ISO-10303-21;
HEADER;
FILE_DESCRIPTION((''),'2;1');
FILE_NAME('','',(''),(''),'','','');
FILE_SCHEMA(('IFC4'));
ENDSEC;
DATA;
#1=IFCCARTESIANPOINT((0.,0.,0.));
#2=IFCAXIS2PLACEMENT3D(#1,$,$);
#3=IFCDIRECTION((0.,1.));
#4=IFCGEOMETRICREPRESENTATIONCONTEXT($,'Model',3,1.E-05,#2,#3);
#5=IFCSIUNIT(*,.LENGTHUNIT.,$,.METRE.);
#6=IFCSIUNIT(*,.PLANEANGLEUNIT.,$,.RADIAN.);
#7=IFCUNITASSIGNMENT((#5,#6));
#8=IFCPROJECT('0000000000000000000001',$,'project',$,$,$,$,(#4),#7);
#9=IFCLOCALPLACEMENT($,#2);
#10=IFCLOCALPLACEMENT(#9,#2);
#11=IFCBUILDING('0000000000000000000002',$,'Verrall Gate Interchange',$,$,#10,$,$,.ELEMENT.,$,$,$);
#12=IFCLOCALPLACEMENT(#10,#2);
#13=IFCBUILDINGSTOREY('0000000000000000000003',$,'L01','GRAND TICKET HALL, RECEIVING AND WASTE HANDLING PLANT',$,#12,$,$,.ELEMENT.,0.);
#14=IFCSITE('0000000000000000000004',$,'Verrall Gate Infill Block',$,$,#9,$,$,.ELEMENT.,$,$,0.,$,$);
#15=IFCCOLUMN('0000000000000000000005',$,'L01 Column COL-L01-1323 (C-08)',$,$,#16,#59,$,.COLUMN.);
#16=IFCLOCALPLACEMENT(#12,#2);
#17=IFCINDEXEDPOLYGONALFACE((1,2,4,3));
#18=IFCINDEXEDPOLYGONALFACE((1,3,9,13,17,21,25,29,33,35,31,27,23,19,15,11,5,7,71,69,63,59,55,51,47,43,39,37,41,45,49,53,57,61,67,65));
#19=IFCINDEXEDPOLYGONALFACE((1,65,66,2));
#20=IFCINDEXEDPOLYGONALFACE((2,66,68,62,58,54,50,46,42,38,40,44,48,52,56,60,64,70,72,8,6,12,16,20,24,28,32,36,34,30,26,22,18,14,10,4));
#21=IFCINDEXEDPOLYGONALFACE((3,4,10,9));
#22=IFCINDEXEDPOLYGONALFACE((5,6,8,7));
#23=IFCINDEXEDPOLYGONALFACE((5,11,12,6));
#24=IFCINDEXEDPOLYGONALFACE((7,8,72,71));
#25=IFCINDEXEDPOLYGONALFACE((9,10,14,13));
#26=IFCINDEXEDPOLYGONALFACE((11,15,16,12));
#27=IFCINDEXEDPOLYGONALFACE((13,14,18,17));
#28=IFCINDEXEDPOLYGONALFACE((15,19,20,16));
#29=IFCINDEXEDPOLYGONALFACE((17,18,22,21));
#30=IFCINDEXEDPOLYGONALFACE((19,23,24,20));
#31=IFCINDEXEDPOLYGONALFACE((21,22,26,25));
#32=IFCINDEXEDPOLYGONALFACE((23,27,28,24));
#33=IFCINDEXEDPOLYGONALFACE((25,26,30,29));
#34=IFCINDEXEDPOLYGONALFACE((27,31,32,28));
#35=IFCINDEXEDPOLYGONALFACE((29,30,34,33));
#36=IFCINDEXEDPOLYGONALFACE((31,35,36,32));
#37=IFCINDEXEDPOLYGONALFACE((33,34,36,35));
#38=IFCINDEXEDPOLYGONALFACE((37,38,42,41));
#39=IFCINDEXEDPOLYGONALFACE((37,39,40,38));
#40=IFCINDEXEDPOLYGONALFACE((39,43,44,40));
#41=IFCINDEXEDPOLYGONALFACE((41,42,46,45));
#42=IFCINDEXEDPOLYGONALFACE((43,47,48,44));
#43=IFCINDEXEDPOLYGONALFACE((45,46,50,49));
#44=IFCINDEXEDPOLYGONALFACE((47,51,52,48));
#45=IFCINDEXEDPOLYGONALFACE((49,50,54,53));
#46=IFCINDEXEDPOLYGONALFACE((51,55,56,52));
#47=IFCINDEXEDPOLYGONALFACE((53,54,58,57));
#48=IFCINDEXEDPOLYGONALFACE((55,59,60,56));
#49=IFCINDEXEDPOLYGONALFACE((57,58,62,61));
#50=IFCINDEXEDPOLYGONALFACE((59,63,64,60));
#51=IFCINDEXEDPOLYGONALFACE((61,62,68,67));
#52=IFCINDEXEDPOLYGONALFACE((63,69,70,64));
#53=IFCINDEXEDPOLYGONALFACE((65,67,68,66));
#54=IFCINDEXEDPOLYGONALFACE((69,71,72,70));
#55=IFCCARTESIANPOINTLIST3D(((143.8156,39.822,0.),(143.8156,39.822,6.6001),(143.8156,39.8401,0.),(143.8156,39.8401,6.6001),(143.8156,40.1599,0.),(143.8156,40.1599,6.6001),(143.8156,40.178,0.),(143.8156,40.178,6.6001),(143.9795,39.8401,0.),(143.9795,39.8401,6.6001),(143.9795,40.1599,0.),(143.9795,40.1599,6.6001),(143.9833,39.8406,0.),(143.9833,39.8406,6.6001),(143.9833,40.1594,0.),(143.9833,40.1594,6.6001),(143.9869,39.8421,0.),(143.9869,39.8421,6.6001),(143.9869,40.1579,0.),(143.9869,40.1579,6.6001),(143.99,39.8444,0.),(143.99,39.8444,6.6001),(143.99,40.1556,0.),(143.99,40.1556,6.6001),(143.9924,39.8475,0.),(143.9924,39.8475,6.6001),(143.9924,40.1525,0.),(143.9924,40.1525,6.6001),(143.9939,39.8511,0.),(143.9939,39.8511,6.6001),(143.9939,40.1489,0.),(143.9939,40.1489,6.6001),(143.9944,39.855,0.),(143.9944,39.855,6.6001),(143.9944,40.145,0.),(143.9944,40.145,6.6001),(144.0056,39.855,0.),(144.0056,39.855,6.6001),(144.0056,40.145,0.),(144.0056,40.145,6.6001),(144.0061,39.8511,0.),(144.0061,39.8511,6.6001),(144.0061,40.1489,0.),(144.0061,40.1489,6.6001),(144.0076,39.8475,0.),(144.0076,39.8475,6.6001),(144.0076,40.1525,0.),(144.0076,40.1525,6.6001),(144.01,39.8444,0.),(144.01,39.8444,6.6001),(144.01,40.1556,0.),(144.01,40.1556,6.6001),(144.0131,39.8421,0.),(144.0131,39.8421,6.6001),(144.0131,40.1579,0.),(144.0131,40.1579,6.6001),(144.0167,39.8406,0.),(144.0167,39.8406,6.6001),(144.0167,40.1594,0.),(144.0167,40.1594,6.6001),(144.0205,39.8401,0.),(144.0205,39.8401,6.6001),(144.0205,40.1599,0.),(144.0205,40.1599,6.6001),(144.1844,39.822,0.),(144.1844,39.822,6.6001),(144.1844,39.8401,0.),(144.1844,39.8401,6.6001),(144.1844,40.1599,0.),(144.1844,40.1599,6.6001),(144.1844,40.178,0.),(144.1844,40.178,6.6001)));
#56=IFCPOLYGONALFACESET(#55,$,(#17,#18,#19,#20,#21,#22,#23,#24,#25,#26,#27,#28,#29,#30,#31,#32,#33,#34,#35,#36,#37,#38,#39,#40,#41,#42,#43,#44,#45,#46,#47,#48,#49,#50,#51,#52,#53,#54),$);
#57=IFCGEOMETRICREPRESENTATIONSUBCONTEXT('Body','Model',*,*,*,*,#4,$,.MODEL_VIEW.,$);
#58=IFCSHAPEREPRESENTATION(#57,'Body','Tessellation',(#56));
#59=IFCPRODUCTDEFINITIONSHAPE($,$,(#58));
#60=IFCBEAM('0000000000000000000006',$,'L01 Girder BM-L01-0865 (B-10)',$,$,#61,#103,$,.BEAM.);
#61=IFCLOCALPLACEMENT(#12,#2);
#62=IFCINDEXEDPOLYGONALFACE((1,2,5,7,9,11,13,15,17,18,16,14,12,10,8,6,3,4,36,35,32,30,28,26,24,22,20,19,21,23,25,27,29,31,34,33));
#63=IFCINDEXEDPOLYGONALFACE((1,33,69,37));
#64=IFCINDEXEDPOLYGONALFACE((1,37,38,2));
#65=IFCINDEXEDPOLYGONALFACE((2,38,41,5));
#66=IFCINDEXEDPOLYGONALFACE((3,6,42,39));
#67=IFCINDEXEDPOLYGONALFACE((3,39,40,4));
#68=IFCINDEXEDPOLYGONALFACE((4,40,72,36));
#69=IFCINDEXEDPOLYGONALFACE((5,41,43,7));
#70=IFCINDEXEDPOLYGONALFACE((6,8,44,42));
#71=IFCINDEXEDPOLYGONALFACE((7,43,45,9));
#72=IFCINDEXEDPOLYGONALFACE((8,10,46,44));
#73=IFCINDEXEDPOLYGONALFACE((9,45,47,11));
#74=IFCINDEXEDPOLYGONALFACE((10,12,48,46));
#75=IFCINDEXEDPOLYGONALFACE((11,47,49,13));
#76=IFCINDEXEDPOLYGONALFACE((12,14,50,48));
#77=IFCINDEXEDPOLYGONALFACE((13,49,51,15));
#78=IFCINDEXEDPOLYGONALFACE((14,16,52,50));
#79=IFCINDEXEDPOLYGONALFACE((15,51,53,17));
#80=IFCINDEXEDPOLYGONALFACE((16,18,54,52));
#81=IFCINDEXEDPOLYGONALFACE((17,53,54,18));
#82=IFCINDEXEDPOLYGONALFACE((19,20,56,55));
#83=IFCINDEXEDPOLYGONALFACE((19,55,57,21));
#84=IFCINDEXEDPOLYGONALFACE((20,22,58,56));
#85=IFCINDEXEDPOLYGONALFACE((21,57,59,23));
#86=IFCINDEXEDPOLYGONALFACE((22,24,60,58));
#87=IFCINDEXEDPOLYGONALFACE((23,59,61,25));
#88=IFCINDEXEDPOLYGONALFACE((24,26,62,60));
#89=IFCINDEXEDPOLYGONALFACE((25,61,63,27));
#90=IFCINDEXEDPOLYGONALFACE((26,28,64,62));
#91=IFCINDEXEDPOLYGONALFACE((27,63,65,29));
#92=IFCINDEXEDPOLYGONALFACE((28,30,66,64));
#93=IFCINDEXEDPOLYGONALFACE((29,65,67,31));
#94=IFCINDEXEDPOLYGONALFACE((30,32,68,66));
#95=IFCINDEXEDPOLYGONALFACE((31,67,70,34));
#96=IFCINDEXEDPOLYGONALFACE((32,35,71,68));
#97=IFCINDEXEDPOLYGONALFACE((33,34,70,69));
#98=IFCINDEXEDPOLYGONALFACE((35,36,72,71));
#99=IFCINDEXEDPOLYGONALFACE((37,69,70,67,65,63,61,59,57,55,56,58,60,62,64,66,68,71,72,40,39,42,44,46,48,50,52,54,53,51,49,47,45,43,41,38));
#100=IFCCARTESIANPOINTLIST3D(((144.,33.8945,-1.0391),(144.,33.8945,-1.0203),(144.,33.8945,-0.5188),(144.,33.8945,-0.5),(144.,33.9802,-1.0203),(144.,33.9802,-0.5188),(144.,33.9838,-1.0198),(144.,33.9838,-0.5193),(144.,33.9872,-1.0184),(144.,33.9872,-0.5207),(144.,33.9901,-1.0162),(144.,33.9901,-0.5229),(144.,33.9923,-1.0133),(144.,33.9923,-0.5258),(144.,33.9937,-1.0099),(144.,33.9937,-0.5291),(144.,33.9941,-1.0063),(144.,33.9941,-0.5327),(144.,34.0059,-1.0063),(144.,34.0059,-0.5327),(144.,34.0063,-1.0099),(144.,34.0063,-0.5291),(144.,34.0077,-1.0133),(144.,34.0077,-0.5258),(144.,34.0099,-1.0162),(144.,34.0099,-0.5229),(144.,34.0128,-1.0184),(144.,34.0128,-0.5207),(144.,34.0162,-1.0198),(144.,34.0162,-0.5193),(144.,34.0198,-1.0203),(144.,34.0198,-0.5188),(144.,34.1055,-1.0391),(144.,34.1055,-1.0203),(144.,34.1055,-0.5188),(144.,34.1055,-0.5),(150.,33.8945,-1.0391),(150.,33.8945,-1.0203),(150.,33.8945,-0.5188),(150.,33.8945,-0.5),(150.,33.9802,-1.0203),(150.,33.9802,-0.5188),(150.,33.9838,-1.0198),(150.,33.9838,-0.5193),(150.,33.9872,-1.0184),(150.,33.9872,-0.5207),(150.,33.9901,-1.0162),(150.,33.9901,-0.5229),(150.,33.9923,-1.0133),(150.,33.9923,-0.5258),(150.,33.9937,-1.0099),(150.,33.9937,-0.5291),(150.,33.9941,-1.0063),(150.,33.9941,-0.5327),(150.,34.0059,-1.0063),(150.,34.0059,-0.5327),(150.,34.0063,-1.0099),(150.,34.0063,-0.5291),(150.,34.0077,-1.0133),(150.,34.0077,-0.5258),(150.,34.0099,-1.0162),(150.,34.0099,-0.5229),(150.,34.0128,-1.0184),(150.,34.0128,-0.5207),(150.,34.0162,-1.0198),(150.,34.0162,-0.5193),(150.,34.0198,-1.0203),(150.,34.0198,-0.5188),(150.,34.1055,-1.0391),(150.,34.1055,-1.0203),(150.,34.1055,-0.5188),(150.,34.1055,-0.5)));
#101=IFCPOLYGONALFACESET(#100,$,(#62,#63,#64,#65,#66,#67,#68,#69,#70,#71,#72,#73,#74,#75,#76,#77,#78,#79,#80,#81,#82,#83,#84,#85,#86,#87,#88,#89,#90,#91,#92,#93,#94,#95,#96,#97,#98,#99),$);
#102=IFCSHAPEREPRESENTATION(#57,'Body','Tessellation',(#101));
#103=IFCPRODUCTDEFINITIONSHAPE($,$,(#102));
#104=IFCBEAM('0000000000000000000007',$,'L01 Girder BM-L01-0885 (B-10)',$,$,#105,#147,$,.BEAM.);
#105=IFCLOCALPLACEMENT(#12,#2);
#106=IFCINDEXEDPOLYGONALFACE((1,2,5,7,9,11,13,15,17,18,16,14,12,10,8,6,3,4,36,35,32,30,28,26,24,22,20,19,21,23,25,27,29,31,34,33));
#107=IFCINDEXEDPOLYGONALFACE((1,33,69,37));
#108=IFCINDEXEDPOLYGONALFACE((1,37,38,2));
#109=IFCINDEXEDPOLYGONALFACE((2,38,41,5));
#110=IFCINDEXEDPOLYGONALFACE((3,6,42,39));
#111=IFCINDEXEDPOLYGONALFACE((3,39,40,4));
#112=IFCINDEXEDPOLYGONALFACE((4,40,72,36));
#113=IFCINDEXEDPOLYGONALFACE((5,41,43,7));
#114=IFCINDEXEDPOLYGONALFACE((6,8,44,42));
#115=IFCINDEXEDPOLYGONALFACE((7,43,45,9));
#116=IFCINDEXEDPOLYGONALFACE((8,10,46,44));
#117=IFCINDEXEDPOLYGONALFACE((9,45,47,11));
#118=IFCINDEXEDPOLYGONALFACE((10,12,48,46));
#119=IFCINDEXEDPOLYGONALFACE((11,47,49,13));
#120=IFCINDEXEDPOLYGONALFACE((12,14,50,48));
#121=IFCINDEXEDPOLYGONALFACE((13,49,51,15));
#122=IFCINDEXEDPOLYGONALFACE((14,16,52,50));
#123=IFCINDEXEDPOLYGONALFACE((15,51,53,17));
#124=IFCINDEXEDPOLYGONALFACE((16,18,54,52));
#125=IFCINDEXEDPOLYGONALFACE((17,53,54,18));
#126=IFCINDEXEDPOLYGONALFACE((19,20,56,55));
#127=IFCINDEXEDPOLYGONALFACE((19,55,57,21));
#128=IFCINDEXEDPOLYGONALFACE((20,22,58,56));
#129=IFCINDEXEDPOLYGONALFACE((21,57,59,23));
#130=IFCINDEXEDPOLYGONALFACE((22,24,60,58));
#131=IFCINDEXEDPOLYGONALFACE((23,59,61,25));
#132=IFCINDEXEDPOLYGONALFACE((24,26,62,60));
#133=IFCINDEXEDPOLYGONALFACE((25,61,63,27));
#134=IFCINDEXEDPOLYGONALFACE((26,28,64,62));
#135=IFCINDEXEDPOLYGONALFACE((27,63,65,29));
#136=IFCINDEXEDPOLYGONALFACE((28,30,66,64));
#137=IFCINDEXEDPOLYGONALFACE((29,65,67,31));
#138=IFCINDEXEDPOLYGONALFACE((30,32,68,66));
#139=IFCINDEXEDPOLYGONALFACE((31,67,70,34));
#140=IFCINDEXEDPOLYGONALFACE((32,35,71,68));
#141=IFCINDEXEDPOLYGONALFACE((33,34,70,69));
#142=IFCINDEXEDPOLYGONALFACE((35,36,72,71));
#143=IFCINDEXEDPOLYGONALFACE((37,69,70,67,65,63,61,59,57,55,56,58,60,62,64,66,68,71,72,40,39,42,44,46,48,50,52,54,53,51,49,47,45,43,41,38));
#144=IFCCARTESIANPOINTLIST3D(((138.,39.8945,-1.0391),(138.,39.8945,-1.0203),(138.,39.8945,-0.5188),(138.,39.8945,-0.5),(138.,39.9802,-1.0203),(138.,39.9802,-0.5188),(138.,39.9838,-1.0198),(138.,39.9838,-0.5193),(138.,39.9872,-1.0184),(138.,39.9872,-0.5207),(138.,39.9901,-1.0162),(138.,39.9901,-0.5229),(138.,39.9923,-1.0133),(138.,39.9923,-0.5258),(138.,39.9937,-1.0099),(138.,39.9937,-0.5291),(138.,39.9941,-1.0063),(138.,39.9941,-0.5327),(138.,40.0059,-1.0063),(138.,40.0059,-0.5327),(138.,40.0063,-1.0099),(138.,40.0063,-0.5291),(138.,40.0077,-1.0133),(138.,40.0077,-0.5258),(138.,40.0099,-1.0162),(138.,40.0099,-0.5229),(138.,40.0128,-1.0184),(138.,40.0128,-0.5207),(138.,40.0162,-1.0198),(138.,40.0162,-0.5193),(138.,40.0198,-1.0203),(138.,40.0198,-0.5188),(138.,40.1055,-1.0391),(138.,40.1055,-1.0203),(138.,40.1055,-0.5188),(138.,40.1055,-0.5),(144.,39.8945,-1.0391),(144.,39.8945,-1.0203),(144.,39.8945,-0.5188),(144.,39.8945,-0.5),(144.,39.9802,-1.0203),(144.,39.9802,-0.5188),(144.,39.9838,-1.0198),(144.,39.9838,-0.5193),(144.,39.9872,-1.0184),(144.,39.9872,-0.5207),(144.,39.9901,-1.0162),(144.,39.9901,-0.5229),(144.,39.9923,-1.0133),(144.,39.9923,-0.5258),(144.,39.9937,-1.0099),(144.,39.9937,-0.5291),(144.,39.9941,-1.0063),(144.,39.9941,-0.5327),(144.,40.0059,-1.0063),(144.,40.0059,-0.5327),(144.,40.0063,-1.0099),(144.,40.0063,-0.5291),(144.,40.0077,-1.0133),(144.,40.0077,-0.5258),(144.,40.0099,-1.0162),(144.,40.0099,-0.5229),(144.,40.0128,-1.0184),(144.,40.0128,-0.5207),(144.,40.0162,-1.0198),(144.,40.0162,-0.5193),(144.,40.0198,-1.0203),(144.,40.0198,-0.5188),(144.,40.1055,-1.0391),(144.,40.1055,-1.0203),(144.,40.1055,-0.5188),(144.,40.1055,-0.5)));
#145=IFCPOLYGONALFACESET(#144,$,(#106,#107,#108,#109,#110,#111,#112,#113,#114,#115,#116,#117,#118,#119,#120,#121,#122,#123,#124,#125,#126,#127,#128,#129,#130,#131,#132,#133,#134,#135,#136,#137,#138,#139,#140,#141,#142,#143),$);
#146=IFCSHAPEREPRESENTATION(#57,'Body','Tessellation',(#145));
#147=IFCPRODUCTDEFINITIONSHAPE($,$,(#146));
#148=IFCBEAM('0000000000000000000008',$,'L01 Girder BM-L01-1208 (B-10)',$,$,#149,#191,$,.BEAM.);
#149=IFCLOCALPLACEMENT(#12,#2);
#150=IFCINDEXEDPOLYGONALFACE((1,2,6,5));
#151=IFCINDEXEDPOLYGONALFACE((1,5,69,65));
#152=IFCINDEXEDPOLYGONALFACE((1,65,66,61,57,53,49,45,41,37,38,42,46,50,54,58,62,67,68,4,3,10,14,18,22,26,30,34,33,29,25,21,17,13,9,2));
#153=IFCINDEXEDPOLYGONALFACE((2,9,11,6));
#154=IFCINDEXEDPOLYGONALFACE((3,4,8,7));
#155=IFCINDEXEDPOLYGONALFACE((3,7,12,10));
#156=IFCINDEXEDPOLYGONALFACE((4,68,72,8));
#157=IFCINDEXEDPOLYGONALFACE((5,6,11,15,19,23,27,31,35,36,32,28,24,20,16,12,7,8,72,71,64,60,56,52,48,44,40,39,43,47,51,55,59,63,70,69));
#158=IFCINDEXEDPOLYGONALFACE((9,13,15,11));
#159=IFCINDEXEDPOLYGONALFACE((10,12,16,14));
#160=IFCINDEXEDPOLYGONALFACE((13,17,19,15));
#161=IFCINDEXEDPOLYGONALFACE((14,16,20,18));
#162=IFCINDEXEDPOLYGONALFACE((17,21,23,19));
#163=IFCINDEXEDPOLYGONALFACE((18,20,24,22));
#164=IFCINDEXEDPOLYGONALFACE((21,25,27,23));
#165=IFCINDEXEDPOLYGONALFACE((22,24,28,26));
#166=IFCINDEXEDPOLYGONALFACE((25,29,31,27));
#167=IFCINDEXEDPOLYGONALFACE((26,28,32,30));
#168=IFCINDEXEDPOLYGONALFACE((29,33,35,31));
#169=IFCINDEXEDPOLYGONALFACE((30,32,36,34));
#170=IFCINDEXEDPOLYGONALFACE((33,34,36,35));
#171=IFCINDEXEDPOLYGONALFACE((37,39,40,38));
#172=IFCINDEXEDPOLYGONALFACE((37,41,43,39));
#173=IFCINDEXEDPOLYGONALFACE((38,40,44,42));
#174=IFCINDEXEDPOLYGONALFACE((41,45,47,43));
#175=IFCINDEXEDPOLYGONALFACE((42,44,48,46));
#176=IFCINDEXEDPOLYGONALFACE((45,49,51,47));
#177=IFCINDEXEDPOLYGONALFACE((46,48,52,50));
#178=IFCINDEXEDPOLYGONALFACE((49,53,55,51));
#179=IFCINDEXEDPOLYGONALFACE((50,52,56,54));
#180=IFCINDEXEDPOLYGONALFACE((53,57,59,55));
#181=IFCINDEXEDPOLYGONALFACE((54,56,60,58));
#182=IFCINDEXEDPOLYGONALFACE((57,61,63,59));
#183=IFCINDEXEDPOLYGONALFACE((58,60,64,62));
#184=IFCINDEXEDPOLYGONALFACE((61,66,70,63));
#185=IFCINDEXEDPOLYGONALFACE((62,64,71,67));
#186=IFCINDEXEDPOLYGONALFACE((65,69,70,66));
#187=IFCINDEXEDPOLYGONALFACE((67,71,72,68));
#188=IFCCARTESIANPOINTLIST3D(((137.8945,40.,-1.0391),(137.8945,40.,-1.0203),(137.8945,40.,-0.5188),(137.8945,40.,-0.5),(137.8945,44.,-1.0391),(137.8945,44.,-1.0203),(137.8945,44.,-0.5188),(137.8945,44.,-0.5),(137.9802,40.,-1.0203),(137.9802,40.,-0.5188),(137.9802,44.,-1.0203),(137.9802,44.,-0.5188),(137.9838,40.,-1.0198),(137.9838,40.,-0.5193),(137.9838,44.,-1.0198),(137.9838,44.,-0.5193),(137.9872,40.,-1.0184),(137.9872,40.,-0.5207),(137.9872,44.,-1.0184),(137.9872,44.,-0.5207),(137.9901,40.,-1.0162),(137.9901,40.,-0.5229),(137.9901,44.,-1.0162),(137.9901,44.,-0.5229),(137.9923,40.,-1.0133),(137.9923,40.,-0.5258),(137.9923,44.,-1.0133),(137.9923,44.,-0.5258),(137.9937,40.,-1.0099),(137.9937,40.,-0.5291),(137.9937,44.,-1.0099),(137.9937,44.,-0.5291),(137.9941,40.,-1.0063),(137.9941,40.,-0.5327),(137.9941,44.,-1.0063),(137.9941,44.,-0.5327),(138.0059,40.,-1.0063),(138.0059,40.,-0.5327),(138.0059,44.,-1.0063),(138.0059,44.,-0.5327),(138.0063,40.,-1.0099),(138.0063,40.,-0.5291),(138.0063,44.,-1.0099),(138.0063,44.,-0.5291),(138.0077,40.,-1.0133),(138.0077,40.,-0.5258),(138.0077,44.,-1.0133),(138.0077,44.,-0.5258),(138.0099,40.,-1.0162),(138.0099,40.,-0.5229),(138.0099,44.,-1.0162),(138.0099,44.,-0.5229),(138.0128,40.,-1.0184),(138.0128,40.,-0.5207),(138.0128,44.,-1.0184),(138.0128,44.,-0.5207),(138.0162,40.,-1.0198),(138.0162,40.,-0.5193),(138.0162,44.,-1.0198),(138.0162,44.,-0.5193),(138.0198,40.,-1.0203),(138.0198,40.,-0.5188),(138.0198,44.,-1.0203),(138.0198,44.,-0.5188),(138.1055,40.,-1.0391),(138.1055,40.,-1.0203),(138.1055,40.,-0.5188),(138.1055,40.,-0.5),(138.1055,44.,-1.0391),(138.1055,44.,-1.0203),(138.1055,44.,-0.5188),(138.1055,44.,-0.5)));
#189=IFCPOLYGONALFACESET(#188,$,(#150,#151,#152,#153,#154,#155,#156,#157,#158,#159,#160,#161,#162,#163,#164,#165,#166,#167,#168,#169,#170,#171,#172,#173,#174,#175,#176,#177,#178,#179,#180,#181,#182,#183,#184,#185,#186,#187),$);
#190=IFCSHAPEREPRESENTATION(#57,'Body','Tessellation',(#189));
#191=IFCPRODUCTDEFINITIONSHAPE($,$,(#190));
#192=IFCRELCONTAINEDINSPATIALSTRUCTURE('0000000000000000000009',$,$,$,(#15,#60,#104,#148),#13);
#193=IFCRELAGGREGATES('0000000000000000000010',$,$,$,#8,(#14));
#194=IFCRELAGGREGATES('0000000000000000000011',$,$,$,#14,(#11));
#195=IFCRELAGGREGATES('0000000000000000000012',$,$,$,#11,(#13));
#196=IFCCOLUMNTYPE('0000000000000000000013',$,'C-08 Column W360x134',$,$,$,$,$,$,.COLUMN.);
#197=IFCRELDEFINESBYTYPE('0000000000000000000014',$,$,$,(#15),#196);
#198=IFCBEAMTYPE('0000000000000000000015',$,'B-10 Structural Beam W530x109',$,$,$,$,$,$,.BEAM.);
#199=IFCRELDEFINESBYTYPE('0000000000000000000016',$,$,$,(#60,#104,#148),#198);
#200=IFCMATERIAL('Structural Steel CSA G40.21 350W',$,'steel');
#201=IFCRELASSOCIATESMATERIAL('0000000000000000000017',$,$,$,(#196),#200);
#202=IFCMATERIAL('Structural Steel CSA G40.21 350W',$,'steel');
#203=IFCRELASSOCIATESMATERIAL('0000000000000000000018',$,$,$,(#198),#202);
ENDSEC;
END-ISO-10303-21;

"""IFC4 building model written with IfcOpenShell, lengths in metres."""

from ifc_helpers import new_model, si_unit, direction, frame, origin, origin_2d, place, context, subcontext, project, spatial, i_section, extrude, material, material_profile, profile_set, type_object, element, save


model = new_model("IFC4")

# Units and contexts
model_context = context("Model", 3, precision=1e-05, world=origin(), true_north=direction((0.0, 1.0)))
body_context = subcontext(model_context, "Body", "Model", "MODEL_VIEW")
ifc_project = project(units=[si_unit("LENGTHUNIT", "METRE"), si_unit("PLANEANGLEUNIT", "RADIAN")], contexts=[model_context])

# Site, building, storey
site_placement = place(None, origin())
site = spatial("IfcSite", under=ifc_project, at=site_placement, Name="Verrall Gate Infill Block", CompositionType="ELEMENT", RefElevation=0.0)
building_placement = place(site_placement, origin())
building = spatial("IfcBuilding", under=site, at=building_placement, Name="Verrall Gate Interchange", CompositionType="ELEMENT")
storey_placement = place(building_placement, origin())
storey = spatial("IfcBuildingStorey", under=building, at=storey_placement, Name="L01", Description="GRAND TICKET HALL, RECEIVING AND WASTE HANDLING PLANT", CompositionType="ELEMENT", Elevation=0.0)

# Column
ifc_material_1 = material(Name="Structural Steel CSA G40.21 350W", Category="steel")
ifc_material_profile_1 = material_profile(ifc_material_1, i_section(OverallWidth=0.3689, OverallDepth=0.356, WebThickness=0.0112, FlangeThickness=0.0181, FilletRadius=0.0149, at=origin_2d()), Name="W360x134")
ifc_profile_set_1 = profile_set([ifc_material_profile_1], Name="Structural Steel CSA G40.21 350W")
column_type = type_object("IfcColumnType", Name="C-08 Column W360x134", PredefinedType="COLUMN", material=ifc_profile_set_1)
for number, where, z_axis, x_axis, name in (
    (1, (144.0, 40.0, 0.0), (0.0, 0.0, 1.0), (1.0, 0.0, 0.0), "L01 Column COL-L01-1323 (C-08)"),
):
    element("IfcColumn", number, at=place(storey_placement, frame(where, z_axis=z_axis, x_axis=x_axis)), inside=storey, type_object=column_type, Name=name, PredefinedType="COLUMN", context=body_context, shape_type="SweptSolid", body=[
        extrude(i_section(OverallWidth=0.3689, OverallDepth=0.356, WebThickness=0.0112, FlangeThickness=0.0181, FilletRadius=0.0149, at=origin_2d()), origin(), (0.0, 0.0, 1.0), 6.6001),
    ])

# Beams
ifc_material_2 = material(Name="Structural Steel CSA G40.21 350W", Category="steel")
ifc_material_profile_2 = material_profile(ifc_material_2, i_section(OverallWidth=0.2109, OverallDepth=0.5391, WebThickness=0.0117, FlangeThickness=0.0188, FilletRadius=0.0139, at=origin_2d()), Name="W530x109")
ifc_profile_set_2 = profile_set([ifc_material_profile_2], Name="Structural Steel CSA G40.21 350W")
beam_type_1 = type_object("IfcBeamType", Name="B-10 Structural Beam W530x109", PredefinedType="BEAM", material=ifc_profile_set_2)
for number, where, z_axis, x_axis, name in (
    (2, (144.0, 34.0, -0.7695), (1.0, 0.0, 0.0), (0.0, 1.0, 0.0), "L01 Girder BM-L01-0865 (B-10)"),
    (3, (138.0, 40.0, -0.7695), (1.0, 0.0, 0.0), (0.0, 1.0, 0.0), "L01 Girder BM-L01-0885 (B-10)"),
):
    element("IfcBeam", number, at=place(storey_placement, frame(where, z_axis=z_axis, x_axis=x_axis)), inside=storey, type_object=beam_type_1, Name=name, PredefinedType="BEAM", context=body_context, shape_type="SweptSolid", body=[
        extrude(i_section(OverallWidth=0.2109, OverallDepth=0.5391, WebThickness=0.0117, FlangeThickness=0.0188, FilletRadius=0.0139, at=origin_2d()), origin(), (0.0, 0.0, 1.0), 6.0),
    ])
beam_1_placement = place(storey_placement, frame((138.0, 40.0, -0.7695), z_axis=(0.0, 1.0, 0.0), x_axis=(-1.0, 0.0, 0.0)))
element("IfcBeam", 4, at=beam_1_placement, inside=storey, type_object=beam_type_1, Name="L01 Girder BM-L01-1208 (B-10)", PredefinedType="BEAM", context=body_context, shape_type="SweptSolid", body=[
    extrude(i_section(OverallWidth=0.2109, OverallDepth=0.5391, WebThickness=0.0117, FlangeThickness=0.0188, FilletRadius=0.0139, at=origin_2d()), origin(), (0.0, 0.0, 1.0), 4.0),
])

save(model, "model.ifc")
